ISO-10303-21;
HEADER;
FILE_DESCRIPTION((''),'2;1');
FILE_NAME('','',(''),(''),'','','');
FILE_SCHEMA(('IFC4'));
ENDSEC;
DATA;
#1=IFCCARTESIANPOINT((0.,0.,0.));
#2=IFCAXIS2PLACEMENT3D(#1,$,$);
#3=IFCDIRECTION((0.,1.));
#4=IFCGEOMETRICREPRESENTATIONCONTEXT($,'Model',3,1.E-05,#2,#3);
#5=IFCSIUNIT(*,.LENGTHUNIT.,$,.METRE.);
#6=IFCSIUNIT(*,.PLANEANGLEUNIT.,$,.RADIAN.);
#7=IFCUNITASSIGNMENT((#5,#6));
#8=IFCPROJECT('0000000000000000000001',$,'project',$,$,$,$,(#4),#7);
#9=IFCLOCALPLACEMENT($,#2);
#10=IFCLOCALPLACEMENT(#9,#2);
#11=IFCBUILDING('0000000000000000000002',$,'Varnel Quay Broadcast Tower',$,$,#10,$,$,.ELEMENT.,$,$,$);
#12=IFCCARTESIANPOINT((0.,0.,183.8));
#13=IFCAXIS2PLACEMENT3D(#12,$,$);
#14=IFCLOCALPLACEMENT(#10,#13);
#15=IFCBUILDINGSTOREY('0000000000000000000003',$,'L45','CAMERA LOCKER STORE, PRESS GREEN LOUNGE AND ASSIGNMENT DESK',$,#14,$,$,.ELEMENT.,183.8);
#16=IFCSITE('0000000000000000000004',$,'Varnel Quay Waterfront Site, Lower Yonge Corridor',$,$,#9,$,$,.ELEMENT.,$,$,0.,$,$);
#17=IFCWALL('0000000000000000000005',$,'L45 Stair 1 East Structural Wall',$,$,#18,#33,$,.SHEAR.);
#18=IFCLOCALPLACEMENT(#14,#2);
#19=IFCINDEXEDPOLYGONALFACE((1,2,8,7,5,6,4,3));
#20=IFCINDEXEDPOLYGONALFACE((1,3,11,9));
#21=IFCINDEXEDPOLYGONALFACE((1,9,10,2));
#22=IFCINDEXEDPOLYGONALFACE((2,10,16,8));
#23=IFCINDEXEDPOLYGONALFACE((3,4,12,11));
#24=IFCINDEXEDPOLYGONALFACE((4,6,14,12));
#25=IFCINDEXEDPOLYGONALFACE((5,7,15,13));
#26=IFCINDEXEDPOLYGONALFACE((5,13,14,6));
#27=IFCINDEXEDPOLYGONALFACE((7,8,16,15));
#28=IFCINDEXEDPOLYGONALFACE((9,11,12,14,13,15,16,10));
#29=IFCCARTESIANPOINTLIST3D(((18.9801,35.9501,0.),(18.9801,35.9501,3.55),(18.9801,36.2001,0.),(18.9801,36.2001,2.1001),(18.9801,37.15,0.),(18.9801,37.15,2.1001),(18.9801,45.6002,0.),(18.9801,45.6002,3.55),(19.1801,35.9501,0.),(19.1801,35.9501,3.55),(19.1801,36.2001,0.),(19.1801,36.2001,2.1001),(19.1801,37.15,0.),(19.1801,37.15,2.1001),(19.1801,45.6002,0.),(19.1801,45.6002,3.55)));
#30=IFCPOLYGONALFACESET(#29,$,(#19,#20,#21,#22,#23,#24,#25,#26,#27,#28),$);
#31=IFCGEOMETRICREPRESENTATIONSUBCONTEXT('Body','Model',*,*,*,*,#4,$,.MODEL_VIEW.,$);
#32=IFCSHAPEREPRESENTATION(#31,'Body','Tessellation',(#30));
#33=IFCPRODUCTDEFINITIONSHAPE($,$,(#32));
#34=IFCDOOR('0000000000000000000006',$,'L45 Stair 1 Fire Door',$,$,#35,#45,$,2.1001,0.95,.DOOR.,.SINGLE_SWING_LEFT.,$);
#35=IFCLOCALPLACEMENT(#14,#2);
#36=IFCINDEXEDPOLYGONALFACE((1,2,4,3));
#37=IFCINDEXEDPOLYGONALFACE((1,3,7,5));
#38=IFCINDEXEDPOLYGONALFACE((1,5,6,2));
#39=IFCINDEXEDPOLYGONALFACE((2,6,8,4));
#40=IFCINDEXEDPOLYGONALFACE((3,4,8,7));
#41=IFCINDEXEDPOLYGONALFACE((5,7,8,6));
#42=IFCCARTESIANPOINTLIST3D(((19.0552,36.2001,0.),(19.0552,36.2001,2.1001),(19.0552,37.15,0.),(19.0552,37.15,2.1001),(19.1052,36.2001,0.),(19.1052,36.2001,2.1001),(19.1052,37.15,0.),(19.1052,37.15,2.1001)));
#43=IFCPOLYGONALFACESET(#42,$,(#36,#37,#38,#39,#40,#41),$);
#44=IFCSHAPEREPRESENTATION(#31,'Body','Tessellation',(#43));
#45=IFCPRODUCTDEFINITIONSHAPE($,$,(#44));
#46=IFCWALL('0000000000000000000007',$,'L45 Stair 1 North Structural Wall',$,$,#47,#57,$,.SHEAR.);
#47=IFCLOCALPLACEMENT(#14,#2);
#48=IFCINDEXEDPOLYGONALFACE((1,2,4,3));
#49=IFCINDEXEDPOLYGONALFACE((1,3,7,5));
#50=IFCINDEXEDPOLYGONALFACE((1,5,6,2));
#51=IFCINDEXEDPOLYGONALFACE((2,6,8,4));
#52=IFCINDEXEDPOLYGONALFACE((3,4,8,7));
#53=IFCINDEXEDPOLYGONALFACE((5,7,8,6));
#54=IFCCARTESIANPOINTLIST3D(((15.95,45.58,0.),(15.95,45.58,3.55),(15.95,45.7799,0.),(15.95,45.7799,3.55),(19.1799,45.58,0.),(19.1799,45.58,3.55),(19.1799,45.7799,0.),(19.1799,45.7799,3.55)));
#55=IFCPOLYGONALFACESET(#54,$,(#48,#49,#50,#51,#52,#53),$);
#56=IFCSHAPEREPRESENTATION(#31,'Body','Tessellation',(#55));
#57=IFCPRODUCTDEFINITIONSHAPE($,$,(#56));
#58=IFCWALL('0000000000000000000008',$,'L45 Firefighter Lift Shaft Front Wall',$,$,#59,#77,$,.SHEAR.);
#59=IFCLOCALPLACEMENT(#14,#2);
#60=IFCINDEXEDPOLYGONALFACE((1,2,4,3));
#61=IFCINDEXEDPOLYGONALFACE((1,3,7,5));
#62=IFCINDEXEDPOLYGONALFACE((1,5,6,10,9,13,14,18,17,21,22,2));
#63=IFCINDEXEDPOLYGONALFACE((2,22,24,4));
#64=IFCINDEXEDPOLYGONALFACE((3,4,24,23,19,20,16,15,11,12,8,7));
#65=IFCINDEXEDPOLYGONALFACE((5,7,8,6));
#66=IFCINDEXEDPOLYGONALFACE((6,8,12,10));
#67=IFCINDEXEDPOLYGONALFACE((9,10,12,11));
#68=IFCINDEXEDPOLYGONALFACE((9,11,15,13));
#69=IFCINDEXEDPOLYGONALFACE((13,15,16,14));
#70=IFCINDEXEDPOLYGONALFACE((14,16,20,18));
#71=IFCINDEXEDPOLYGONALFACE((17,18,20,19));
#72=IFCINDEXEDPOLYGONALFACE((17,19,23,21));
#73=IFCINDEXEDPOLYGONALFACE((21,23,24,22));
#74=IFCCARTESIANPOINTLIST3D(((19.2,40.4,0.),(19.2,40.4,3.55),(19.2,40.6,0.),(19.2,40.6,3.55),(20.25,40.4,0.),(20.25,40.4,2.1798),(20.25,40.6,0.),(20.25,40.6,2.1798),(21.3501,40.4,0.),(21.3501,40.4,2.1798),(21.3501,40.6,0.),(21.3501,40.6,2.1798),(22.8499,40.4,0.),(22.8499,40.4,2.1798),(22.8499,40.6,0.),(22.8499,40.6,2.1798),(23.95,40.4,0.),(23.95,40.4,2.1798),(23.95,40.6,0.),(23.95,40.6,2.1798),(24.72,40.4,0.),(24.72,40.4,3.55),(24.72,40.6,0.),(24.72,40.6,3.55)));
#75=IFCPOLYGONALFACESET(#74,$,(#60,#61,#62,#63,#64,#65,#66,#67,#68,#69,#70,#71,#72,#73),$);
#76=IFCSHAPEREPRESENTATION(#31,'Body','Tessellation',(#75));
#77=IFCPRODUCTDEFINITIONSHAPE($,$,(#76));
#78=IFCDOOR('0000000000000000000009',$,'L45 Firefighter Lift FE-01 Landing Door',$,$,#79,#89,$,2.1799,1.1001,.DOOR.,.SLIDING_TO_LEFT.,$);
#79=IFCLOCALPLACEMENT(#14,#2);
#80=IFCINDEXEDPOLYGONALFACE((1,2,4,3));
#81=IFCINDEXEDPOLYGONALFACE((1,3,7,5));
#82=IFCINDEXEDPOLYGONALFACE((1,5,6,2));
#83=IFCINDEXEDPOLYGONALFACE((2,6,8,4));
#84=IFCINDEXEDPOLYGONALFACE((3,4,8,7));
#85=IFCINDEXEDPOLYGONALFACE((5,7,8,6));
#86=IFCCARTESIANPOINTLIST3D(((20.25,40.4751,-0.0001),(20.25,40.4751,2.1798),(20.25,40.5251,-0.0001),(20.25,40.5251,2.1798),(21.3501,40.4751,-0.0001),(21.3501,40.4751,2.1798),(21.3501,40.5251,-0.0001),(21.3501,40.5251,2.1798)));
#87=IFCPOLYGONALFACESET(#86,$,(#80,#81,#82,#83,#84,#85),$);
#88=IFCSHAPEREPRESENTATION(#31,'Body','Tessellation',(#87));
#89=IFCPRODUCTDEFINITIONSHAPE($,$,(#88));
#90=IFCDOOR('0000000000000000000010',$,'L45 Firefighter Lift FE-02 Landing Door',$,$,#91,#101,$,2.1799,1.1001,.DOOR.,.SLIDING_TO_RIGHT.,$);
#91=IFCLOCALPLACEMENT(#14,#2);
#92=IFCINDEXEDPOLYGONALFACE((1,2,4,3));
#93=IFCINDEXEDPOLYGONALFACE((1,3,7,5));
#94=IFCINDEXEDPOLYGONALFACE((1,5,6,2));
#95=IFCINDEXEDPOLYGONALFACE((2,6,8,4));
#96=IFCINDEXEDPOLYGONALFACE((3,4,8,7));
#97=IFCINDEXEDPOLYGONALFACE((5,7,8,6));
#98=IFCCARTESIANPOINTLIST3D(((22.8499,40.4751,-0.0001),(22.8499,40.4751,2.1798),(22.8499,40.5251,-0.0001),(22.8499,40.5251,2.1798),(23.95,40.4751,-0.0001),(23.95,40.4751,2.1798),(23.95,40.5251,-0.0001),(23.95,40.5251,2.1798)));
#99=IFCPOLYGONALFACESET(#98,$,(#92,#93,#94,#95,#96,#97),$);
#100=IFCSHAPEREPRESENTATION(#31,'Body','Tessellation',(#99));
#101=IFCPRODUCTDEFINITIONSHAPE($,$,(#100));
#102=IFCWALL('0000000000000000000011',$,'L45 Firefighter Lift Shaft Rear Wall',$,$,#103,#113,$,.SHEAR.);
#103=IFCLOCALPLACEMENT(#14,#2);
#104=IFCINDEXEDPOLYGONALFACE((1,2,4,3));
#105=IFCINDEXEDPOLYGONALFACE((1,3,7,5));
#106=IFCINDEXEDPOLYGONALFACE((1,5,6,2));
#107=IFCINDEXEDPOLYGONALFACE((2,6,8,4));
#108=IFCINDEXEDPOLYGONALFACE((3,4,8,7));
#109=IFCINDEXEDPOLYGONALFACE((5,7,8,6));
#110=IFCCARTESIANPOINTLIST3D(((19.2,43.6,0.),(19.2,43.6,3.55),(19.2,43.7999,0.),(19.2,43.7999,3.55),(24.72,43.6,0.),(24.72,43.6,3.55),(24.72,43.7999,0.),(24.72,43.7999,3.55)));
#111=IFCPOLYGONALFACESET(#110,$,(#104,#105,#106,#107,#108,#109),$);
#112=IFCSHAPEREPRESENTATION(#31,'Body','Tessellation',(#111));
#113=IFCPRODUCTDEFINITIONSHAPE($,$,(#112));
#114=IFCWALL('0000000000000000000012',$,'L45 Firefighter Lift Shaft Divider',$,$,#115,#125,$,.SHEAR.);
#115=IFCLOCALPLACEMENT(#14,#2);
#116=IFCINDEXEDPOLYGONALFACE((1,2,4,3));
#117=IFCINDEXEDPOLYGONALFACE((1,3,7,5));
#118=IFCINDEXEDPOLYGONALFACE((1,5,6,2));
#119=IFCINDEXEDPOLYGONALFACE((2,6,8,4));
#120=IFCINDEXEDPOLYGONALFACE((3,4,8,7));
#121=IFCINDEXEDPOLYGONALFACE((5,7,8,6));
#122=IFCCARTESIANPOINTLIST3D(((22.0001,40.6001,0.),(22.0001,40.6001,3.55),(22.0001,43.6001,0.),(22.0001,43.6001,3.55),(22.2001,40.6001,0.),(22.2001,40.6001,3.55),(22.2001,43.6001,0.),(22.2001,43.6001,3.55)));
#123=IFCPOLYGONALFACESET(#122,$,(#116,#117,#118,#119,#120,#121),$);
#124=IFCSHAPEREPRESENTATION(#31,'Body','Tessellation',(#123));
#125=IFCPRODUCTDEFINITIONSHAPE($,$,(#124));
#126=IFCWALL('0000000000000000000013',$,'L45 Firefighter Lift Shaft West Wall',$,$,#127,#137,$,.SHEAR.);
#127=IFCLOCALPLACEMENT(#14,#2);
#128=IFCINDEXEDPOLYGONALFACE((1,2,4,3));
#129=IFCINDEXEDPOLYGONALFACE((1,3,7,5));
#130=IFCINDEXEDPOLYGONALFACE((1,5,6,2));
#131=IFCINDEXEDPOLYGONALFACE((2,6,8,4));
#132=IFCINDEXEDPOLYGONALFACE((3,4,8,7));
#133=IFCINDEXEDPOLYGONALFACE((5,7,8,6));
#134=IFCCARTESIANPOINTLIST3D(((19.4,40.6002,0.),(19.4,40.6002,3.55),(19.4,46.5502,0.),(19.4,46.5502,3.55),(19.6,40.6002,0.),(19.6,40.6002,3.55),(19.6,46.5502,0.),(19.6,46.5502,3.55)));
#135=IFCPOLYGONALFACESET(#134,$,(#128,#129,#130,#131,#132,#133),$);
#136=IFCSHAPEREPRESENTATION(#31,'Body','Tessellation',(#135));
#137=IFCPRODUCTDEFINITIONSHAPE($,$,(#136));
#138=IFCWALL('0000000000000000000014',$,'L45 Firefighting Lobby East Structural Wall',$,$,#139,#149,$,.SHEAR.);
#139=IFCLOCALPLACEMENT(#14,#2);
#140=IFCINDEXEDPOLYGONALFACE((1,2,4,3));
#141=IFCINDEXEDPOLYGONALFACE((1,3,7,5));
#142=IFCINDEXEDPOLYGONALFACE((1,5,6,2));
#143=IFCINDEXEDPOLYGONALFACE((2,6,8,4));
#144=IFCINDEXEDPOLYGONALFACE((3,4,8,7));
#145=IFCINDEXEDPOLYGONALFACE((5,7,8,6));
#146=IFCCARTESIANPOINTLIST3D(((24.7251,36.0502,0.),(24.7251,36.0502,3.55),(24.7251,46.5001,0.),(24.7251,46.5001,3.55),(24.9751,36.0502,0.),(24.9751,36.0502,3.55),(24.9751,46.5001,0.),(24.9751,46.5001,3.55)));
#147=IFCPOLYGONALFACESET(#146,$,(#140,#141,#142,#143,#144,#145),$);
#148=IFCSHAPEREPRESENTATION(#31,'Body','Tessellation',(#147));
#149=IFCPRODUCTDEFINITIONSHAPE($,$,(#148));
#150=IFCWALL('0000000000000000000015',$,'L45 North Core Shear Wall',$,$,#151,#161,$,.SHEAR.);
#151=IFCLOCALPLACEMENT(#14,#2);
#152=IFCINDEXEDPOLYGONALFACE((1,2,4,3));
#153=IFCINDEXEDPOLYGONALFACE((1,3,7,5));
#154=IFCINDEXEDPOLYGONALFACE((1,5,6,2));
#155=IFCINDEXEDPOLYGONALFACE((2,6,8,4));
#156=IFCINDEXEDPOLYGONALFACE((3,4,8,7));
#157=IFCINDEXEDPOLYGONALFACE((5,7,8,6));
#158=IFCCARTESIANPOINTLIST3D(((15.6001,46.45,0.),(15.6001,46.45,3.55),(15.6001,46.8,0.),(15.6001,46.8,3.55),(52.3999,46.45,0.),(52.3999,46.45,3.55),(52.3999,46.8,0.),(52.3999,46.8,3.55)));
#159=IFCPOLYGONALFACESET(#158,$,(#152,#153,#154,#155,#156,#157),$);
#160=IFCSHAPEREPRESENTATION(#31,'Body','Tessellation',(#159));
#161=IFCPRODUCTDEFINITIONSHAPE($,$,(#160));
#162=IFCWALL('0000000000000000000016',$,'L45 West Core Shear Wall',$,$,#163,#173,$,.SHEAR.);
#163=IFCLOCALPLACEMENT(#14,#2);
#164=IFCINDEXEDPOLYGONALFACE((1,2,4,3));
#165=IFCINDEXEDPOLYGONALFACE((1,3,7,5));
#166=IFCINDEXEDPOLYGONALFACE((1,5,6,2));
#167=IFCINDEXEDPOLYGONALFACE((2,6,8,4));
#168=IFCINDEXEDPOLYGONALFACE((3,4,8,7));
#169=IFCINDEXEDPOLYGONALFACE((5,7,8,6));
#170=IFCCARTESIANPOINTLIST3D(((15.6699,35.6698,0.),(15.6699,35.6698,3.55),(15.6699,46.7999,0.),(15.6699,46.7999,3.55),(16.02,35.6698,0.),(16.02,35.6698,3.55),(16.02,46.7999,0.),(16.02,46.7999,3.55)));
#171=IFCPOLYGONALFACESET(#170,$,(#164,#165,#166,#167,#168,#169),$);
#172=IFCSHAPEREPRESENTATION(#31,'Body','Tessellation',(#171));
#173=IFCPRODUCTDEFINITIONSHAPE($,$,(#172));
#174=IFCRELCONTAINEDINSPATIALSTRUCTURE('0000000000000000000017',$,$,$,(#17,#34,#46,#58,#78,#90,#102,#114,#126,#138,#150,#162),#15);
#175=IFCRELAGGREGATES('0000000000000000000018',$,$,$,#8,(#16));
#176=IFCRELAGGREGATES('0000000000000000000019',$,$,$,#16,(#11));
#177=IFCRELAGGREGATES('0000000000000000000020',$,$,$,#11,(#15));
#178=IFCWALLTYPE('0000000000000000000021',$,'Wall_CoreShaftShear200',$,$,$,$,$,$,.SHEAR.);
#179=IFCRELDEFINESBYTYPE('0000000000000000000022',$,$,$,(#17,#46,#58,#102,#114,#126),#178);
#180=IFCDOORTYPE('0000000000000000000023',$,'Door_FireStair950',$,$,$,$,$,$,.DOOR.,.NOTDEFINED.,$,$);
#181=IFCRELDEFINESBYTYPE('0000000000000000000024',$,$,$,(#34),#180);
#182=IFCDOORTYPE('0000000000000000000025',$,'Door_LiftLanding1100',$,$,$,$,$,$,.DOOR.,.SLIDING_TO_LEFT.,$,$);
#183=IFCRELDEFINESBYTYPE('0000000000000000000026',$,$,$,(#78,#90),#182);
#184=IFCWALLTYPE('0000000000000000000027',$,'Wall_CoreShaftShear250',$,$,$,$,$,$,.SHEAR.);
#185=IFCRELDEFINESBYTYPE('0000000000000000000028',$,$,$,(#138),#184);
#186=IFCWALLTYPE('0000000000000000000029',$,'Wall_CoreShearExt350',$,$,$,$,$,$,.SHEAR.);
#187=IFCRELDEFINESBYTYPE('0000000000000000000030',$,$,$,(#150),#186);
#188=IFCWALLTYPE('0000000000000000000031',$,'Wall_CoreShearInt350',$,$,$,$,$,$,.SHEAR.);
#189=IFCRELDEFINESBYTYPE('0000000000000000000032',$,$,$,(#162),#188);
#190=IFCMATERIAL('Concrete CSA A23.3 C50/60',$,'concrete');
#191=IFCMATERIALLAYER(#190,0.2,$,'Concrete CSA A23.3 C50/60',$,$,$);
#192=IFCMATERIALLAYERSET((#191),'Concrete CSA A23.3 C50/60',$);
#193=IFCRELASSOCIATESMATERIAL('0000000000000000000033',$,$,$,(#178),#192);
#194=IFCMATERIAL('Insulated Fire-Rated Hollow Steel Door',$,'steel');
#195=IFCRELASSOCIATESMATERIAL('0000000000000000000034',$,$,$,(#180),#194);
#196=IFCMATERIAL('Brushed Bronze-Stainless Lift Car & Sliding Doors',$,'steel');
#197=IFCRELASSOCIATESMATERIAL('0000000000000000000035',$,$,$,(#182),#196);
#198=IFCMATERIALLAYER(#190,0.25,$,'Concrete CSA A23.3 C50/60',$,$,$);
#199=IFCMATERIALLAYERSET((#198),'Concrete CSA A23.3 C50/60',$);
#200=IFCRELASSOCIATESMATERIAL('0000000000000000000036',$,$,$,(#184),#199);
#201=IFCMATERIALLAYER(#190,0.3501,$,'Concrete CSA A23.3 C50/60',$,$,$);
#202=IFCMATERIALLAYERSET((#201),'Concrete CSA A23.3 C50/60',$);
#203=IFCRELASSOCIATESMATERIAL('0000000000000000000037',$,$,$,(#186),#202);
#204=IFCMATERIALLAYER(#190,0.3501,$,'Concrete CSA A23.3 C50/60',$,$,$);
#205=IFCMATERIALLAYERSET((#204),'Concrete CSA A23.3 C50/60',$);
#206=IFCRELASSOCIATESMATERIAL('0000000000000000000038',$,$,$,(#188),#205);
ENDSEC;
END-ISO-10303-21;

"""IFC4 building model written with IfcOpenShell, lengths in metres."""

from ifc_helpers import new_model, si_unit, direction, frame, frame_2d, origin, place, context, subcontext, project, spatial, rectangle, extrude, source, transform, mapped, material, layer, layer_set, type_object, type_shapes, element, fill, save


model = new_model("IFC4")

# Units and contexts
model_context = context("Model", 3, precision=1e-05, world=origin(), true_north=direction((0.0, 1.0)))
body_context = subcontext(model_context, "Body", "Model", "MODEL_VIEW")
ifc_project = project(units=[si_unit("LENGTHUNIT", "METRE"), si_unit("PLANEANGLEUNIT", "RADIAN")], contexts=[model_context])

# Site, building, storey
site_placement = place(None, origin())
site = spatial("IfcSite", under=ifc_project, at=site_placement, Name="Varnel Quay Waterfront Site, Lower Yonge Corridor", CompositionType="ELEMENT", RefElevation=0.0)
building_placement = place(site_placement, origin())
building = spatial("IfcBuilding", under=site, at=building_placement, Name="Varnel Quay Broadcast Tower", CompositionType="ELEMENT")
storey_placement = place(building_placement, frame((0.0, 0.0, 183.8)))
storey = spatial("IfcBuildingStorey", under=building, at=storey_placement, Name="L45", Description="CAMERA LOCKER STORE, PRESS GREEN LOUNGE AND ASSIGNMENT DESK", CompositionType="ELEMENT", Elevation=183.8)

# Wall, opening, door
ifc_material_1 = material(Name="Concrete CSA A23.3 C50/60", Category="concrete")
ifc_layer_1 = layer(ifc_material_1, 0.2, Name="Concrete CSA A23.3 C50/60")
ifc_layer_set_1 = layer_set([ifc_layer_1], Name="Concrete CSA A23.3 C50/60")
wall_type_1 = type_object("IfcWallType", Name="Wall_CoreShaftShear200", PredefinedType="SHEAR", material=ifc_layer_set_1)
wall_1_placement = place(storey_placement, frame((19.0801, 35.95, 0.0), z_axis=(0.0, 0.0, 1.0), x_axis=(0.0, 1.0, 0.0)))
wall_1 = element("IfcWall", 1, at=wall_1_placement, inside=storey, type_object=wall_type_1, Name="L45 Stair 1 East Structural Wall", PredefinedType="SHEAR", context=body_context, shape_type="SweptSolid", body=[
    extrude(rectangle(XDim=9.6501, YDim=0.2, at=frame_2d((4.8252, 0.0))), origin(), (0.0, 0.0, 1.0), 3.55),
])
opening_1_placement = place(wall_1_placement, frame((0.25, 0.0, 0.0)))
opening_1 = element("IfcOpeningElement", 2, at=opening_1_placement, cuts=wall_1, PredefinedType="OPENING", context=body_context, shape_type="SweptSolid", body=[
    extrude(rectangle(XDim=0.95, YDim=2.1001, at=frame_2d((0.4751, 1.05))), frame((0.0, 0.1099, 0.0), z_axis=(0.0, -1.0, 0.0), x_axis=(1.0, 0.0, 0.0)), (0.0, 0.0, 1.0), 0.22),
])
ifc_material_2 = material(Name="Insulated Fire-Rated Hollow Steel Door", Category="steel")
door_type_1 = type_object("IfcDoorType", Name="Door_FireStair950", OperationType="NOTDEFINED", PredefinedType="DOOR", material=ifc_material_2)
shared_shape_1 = source(origin(), body_context, "Body", "SweptSolid", [
    extrude(rectangle(XDim=0.95, YDim=2.1001, at=frame_2d((0.4751, 1.05))), frame((0.0, 0.0249, 0.0), z_axis=(0.0, -1.0, 0.0), x_axis=(1.0, 0.0, 0.0)), (0.0, 0.0, 1.0), 0.05),
])
type_shapes(door_type_1, [shared_shape_1])
door_1_placement = place(opening_1_placement, origin())
door_1 = element("IfcDoor", 3, at=door_1_placement, inside=storey, type_object=door_type_1, Name="L45 Stair 1 Fire Door", OperationType="SINGLE_SWING_LEFT", OverallHeight=2.1001, OverallWidth=0.95, PredefinedType="DOOR", context=body_context, shape_type="MappedRepresentation", body=[
    mapped(shared_shape_1, transform((0.0, 0.0, 0.0), x_axis=(1.0, 0.0, 0.0), y_axis=(0.0, 1.0, 0.0), z_axis=(0.0, 0.0, 1.0), scale=1.0)),
])
fill(opening_1, door_1)

# Wall
wall_2_placement = place(storey_placement, frame((15.95, 45.6799, 0.0), z_axis=(0.0, 0.0, 1.0), x_axis=(1.0, 0.0, 0.0)))
element("IfcWall", 4, at=wall_2_placement, inside=storey, type_object=wall_type_1, Name="L45 Stair 1 North Structural Wall", PredefinedType="SHEAR", context=body_context, shape_type="SweptSolid", body=[
    extrude(rectangle(XDim=3.23, YDim=0.2, at=frame_2d((1.615, 0.0))), origin(), (0.0, 0.0, 1.0), 3.55),
])

# Wall, openings, doors
wall_3_placement = place(storey_placement, frame((19.2, 40.5, 0.0), z_axis=(0.0, 0.0, 1.0), x_axis=(1.0, 0.0, 0.0)))
wall_3 = element("IfcWall", 5, at=wall_3_placement, inside=storey, type_object=wall_type_1, Name="L45 Firefighter Lift Shaft Front Wall", PredefinedType="SHEAR", context=body_context, shape_type="SweptSolid", body=[
    extrude(rectangle(XDim=5.52, YDim=0.2, at=frame_2d((2.76, 0.0))), origin(), (0.0, 0.0, 1.0), 3.55),
])
opening_2_placement = place(wall_3_placement, frame((1.05, 0.0, 0.0)))
opening_2 = element("IfcOpeningElement", 6, at=opening_2_placement, cuts=wall_3, PredefinedType="OPENING", context=body_context, shape_type="SweptSolid", body=[
    extrude(rectangle(XDim=1.1001, YDim=2.1799, at=frame_2d((0.55, 1.0898))), frame((0.0, 0.1099, 0.0), z_axis=(0.0, -1.0, 0.0), x_axis=(1.0, 0.0, 0.0)), (0.0, 0.0, 1.0), 0.22),
])
opening_3_placement = place(wall_3_placement, frame((3.6499, 0.0, 0.0)))
opening_3 = element("IfcOpeningElement", 7, at=opening_3_placement, cuts=wall_3, PredefinedType="OPENING", context=body_context, shape_type="SweptSolid", body=[
    extrude(rectangle(XDim=1.1001, YDim=2.1799, at=frame_2d((0.55, 1.0898))), frame((0.0, 0.1099, 0.0), z_axis=(0.0, -1.0, 0.0), x_axis=(1.0, 0.0, 0.0)), (0.0, 0.0, 1.0), 0.22),
])
ifc_material_3 = material(Name="Brushed Bronze-Stainless Lift Car & Sliding Doors", Category="steel")
door_type_2 = type_object("IfcDoorType", Name="Door_LiftLanding1100", OperationType="SLIDING_TO_LEFT", PredefinedType="DOOR", material=ifc_material_3)
shared_shape_2 = source(origin(), body_context, "Body", "SweptSolid", [
    extrude(rectangle(XDim=1.1001, YDim=2.1799, at=frame_2d((0.55, 1.0898))), frame((0.0, 0.0249, 0.0), z_axis=(0.0, -1.0, 0.0), x_axis=(1.0, 0.0, 0.0)), (0.0, 0.0, 1.0), 0.05),
])
type_shapes(door_type_2, [shared_shape_2])
door_2_placement = place(opening_2_placement, frame((1.1001, 0.0, 0.0), z_axis=(0.0, 0.0, 1.0), x_axis=(-1.0, 0.0, 0.0)))
door_2 = element("IfcDoor", 8, at=door_2_placement, inside=storey, type_object=door_type_2, Name="L45 Firefighter Lift FE-01 Landing Door", OperationType="SLIDING_TO_LEFT", OverallHeight=2.1799, OverallWidth=1.1001, PredefinedType="DOOR", context=body_context, shape_type="MappedRepresentation", body=[
    mapped(shared_shape_2, transform((0.0, 0.0, 0.0), x_axis=(1.0, 0.0, 0.0), y_axis=(0.0, 1.0, 0.0), z_axis=(0.0, 0.0, 1.0), scale=1.0)),
])
fill(opening_2, door_2)
door_3_placement = place(opening_3_placement, frame((1.1001, 0.0, 0.0), z_axis=(0.0, 0.0, 1.0), x_axis=(-1.0, 0.0, 0.0)))
door_3 = element("IfcDoor", 9, at=door_3_placement, inside=storey, type_object=door_type_2, Name="L45 Firefighter Lift FE-02 Landing Door", OperationType="SLIDING_TO_RIGHT", OverallHeight=2.1799, OverallWidth=1.1001, PredefinedType="DOOR", context=body_context, shape_type="MappedRepresentation", body=[
    mapped(shared_shape_2, transform((0.0, 0.0, 0.0), x_axis=(1.0, 0.0, 0.0), y_axis=(0.0, 1.0, 0.0), z_axis=(0.0, 0.0, 1.0), scale=1.0)),
])
fill(opening_3, door_3)

# Walls
wall_4_placement = place(storey_placement, frame((19.2, 43.7, 0.0), z_axis=(0.0, 0.0, 1.0), x_axis=(1.0, 0.0, 0.0)))
element("IfcWall", 10, at=wall_4_placement, inside=storey, type_object=wall_type_1, Name="L45 Firefighter Lift Shaft Rear Wall", PredefinedType="SHEAR", context=body_context, shape_type="SweptSolid", body=[
    extrude(rectangle(XDim=5.52, YDim=0.2, at=frame_2d((2.76, 0.0))), origin(), (0.0, 0.0, 1.0), 3.55),
])
wall_5_placement = place(storey_placement, frame((22.1001, 40.6001, 0.0), z_axis=(0.0, 0.0, 1.0), x_axis=(0.0, 1.0, 0.0)))
element("IfcWall", 11, at=wall_5_placement, inside=storey, type_object=wall_type_1, Name="L45 Firefighter Lift Shaft Divider", PredefinedType="SHEAR", context=body_context, shape_type="SweptSolid", body=[
    extrude(rectangle(XDim=3.0, YDim=0.2, at=frame_2d((1.5, 0.0))), origin(), (0.0, 0.0, 1.0), 3.55),
])
wall_6_placement = place(storey_placement, frame((19.5, 40.6001, 0.0), z_axis=(0.0, 0.0, 1.0), x_axis=(0.0, 1.0, 0.0)))
element("IfcWall", 12, at=wall_6_placement, inside=storey, type_object=wall_type_1, Name="L45 Firefighter Lift Shaft West Wall", PredefinedType="SHEAR", context=body_context, shape_type="SweptSolid", body=[
    extrude(rectangle(XDim=5.95, YDim=0.2, at=frame_2d((2.9751, 0.0))), origin(), (0.0, 0.0, 1.0), 3.55),
])
ifc_layer_2 = layer(ifc_material_1, 0.25, Name="Concrete CSA A23.3 C50/60")
ifc_layer_set_2 = layer_set([ifc_layer_2], Name="Concrete CSA A23.3 C50/60")
wall_type_2 = type_object("IfcWallType", Name="Wall_CoreShaftShear250", PredefinedType="SHEAR", material=ifc_layer_set_2)
wall_7_placement = place(storey_placement, frame((24.8501, 36.05, 0.0), z_axis=(0.0, 0.0, 1.0), x_axis=(0.0, 1.0, 0.0)))
element("IfcWall", 13, at=wall_7_placement, inside=storey, type_object=wall_type_2, Name="L45 Firefighting Lobby East Structural Wall", PredefinedType="SHEAR", context=body_context, shape_type="SweptSolid", body=[
    extrude(rectangle(XDim=10.45, YDim=0.25, at=frame_2d((5.2251, 0.0))), origin(), (0.0, 0.0, 1.0), 3.55),
])
ifc_layer_3 = layer(ifc_material_1, 0.3501, Name="Concrete CSA A23.3 C50/60")
ifc_layer_set_3 = layer_set([ifc_layer_3], Name="Concrete CSA A23.3 C50/60")
wall_type_3 = type_object("IfcWallType", Name="Wall_CoreShearExt350", PredefinedType="SHEAR", material=ifc_layer_set_3)
wall_8_placement = place(storey_placement, frame((15.6001, 46.625, 0.0), z_axis=(0.0, 0.0, 1.0), x_axis=(1.0, 0.0, 0.0)))
element("IfcWall", 14, at=wall_8_placement, inside=storey, type_object=wall_type_3, Name="L45 North Core Shear Wall", PredefinedType="SHEAR", context=body_context, shape_type="SweptSolid", body=[
    extrude(rectangle(XDim=36.7998, YDim=0.3501, at=frame_2d((18.3999, 0.0))), origin(), (0.0, 0.0, 1.0), 3.55),
])
ifc_layer_4 = layer(ifc_material_1, 0.3501, Name="Concrete CSA A23.3 C50/60")
ifc_layer_set_4 = layer_set([ifc_layer_4], Name="Concrete CSA A23.3 C50/60")
wall_type_4 = type_object("IfcWallType", Name="Wall_CoreShearInt350", PredefinedType="SHEAR", material=ifc_layer_set_4)
wall_9_placement = place(storey_placement, frame((15.845, 35.6699, 0.0), z_axis=(0.0, 0.0, 1.0), x_axis=(0.0, 1.0, 0.0)))
element("IfcWall", 15, at=wall_9_placement, inside=storey, type_object=wall_type_4, Name="L45 West Core Shear Wall", PredefinedType="SHEAR", context=body_context, shape_type="SweptSolid", body=[
    extrude(rectangle(XDim=11.1301, YDim=0.3501, at=frame_2d((5.5649, 0.0))), origin(), (0.0, 0.0, 1.0), 3.55),
])

save(model, "model.ifc")
